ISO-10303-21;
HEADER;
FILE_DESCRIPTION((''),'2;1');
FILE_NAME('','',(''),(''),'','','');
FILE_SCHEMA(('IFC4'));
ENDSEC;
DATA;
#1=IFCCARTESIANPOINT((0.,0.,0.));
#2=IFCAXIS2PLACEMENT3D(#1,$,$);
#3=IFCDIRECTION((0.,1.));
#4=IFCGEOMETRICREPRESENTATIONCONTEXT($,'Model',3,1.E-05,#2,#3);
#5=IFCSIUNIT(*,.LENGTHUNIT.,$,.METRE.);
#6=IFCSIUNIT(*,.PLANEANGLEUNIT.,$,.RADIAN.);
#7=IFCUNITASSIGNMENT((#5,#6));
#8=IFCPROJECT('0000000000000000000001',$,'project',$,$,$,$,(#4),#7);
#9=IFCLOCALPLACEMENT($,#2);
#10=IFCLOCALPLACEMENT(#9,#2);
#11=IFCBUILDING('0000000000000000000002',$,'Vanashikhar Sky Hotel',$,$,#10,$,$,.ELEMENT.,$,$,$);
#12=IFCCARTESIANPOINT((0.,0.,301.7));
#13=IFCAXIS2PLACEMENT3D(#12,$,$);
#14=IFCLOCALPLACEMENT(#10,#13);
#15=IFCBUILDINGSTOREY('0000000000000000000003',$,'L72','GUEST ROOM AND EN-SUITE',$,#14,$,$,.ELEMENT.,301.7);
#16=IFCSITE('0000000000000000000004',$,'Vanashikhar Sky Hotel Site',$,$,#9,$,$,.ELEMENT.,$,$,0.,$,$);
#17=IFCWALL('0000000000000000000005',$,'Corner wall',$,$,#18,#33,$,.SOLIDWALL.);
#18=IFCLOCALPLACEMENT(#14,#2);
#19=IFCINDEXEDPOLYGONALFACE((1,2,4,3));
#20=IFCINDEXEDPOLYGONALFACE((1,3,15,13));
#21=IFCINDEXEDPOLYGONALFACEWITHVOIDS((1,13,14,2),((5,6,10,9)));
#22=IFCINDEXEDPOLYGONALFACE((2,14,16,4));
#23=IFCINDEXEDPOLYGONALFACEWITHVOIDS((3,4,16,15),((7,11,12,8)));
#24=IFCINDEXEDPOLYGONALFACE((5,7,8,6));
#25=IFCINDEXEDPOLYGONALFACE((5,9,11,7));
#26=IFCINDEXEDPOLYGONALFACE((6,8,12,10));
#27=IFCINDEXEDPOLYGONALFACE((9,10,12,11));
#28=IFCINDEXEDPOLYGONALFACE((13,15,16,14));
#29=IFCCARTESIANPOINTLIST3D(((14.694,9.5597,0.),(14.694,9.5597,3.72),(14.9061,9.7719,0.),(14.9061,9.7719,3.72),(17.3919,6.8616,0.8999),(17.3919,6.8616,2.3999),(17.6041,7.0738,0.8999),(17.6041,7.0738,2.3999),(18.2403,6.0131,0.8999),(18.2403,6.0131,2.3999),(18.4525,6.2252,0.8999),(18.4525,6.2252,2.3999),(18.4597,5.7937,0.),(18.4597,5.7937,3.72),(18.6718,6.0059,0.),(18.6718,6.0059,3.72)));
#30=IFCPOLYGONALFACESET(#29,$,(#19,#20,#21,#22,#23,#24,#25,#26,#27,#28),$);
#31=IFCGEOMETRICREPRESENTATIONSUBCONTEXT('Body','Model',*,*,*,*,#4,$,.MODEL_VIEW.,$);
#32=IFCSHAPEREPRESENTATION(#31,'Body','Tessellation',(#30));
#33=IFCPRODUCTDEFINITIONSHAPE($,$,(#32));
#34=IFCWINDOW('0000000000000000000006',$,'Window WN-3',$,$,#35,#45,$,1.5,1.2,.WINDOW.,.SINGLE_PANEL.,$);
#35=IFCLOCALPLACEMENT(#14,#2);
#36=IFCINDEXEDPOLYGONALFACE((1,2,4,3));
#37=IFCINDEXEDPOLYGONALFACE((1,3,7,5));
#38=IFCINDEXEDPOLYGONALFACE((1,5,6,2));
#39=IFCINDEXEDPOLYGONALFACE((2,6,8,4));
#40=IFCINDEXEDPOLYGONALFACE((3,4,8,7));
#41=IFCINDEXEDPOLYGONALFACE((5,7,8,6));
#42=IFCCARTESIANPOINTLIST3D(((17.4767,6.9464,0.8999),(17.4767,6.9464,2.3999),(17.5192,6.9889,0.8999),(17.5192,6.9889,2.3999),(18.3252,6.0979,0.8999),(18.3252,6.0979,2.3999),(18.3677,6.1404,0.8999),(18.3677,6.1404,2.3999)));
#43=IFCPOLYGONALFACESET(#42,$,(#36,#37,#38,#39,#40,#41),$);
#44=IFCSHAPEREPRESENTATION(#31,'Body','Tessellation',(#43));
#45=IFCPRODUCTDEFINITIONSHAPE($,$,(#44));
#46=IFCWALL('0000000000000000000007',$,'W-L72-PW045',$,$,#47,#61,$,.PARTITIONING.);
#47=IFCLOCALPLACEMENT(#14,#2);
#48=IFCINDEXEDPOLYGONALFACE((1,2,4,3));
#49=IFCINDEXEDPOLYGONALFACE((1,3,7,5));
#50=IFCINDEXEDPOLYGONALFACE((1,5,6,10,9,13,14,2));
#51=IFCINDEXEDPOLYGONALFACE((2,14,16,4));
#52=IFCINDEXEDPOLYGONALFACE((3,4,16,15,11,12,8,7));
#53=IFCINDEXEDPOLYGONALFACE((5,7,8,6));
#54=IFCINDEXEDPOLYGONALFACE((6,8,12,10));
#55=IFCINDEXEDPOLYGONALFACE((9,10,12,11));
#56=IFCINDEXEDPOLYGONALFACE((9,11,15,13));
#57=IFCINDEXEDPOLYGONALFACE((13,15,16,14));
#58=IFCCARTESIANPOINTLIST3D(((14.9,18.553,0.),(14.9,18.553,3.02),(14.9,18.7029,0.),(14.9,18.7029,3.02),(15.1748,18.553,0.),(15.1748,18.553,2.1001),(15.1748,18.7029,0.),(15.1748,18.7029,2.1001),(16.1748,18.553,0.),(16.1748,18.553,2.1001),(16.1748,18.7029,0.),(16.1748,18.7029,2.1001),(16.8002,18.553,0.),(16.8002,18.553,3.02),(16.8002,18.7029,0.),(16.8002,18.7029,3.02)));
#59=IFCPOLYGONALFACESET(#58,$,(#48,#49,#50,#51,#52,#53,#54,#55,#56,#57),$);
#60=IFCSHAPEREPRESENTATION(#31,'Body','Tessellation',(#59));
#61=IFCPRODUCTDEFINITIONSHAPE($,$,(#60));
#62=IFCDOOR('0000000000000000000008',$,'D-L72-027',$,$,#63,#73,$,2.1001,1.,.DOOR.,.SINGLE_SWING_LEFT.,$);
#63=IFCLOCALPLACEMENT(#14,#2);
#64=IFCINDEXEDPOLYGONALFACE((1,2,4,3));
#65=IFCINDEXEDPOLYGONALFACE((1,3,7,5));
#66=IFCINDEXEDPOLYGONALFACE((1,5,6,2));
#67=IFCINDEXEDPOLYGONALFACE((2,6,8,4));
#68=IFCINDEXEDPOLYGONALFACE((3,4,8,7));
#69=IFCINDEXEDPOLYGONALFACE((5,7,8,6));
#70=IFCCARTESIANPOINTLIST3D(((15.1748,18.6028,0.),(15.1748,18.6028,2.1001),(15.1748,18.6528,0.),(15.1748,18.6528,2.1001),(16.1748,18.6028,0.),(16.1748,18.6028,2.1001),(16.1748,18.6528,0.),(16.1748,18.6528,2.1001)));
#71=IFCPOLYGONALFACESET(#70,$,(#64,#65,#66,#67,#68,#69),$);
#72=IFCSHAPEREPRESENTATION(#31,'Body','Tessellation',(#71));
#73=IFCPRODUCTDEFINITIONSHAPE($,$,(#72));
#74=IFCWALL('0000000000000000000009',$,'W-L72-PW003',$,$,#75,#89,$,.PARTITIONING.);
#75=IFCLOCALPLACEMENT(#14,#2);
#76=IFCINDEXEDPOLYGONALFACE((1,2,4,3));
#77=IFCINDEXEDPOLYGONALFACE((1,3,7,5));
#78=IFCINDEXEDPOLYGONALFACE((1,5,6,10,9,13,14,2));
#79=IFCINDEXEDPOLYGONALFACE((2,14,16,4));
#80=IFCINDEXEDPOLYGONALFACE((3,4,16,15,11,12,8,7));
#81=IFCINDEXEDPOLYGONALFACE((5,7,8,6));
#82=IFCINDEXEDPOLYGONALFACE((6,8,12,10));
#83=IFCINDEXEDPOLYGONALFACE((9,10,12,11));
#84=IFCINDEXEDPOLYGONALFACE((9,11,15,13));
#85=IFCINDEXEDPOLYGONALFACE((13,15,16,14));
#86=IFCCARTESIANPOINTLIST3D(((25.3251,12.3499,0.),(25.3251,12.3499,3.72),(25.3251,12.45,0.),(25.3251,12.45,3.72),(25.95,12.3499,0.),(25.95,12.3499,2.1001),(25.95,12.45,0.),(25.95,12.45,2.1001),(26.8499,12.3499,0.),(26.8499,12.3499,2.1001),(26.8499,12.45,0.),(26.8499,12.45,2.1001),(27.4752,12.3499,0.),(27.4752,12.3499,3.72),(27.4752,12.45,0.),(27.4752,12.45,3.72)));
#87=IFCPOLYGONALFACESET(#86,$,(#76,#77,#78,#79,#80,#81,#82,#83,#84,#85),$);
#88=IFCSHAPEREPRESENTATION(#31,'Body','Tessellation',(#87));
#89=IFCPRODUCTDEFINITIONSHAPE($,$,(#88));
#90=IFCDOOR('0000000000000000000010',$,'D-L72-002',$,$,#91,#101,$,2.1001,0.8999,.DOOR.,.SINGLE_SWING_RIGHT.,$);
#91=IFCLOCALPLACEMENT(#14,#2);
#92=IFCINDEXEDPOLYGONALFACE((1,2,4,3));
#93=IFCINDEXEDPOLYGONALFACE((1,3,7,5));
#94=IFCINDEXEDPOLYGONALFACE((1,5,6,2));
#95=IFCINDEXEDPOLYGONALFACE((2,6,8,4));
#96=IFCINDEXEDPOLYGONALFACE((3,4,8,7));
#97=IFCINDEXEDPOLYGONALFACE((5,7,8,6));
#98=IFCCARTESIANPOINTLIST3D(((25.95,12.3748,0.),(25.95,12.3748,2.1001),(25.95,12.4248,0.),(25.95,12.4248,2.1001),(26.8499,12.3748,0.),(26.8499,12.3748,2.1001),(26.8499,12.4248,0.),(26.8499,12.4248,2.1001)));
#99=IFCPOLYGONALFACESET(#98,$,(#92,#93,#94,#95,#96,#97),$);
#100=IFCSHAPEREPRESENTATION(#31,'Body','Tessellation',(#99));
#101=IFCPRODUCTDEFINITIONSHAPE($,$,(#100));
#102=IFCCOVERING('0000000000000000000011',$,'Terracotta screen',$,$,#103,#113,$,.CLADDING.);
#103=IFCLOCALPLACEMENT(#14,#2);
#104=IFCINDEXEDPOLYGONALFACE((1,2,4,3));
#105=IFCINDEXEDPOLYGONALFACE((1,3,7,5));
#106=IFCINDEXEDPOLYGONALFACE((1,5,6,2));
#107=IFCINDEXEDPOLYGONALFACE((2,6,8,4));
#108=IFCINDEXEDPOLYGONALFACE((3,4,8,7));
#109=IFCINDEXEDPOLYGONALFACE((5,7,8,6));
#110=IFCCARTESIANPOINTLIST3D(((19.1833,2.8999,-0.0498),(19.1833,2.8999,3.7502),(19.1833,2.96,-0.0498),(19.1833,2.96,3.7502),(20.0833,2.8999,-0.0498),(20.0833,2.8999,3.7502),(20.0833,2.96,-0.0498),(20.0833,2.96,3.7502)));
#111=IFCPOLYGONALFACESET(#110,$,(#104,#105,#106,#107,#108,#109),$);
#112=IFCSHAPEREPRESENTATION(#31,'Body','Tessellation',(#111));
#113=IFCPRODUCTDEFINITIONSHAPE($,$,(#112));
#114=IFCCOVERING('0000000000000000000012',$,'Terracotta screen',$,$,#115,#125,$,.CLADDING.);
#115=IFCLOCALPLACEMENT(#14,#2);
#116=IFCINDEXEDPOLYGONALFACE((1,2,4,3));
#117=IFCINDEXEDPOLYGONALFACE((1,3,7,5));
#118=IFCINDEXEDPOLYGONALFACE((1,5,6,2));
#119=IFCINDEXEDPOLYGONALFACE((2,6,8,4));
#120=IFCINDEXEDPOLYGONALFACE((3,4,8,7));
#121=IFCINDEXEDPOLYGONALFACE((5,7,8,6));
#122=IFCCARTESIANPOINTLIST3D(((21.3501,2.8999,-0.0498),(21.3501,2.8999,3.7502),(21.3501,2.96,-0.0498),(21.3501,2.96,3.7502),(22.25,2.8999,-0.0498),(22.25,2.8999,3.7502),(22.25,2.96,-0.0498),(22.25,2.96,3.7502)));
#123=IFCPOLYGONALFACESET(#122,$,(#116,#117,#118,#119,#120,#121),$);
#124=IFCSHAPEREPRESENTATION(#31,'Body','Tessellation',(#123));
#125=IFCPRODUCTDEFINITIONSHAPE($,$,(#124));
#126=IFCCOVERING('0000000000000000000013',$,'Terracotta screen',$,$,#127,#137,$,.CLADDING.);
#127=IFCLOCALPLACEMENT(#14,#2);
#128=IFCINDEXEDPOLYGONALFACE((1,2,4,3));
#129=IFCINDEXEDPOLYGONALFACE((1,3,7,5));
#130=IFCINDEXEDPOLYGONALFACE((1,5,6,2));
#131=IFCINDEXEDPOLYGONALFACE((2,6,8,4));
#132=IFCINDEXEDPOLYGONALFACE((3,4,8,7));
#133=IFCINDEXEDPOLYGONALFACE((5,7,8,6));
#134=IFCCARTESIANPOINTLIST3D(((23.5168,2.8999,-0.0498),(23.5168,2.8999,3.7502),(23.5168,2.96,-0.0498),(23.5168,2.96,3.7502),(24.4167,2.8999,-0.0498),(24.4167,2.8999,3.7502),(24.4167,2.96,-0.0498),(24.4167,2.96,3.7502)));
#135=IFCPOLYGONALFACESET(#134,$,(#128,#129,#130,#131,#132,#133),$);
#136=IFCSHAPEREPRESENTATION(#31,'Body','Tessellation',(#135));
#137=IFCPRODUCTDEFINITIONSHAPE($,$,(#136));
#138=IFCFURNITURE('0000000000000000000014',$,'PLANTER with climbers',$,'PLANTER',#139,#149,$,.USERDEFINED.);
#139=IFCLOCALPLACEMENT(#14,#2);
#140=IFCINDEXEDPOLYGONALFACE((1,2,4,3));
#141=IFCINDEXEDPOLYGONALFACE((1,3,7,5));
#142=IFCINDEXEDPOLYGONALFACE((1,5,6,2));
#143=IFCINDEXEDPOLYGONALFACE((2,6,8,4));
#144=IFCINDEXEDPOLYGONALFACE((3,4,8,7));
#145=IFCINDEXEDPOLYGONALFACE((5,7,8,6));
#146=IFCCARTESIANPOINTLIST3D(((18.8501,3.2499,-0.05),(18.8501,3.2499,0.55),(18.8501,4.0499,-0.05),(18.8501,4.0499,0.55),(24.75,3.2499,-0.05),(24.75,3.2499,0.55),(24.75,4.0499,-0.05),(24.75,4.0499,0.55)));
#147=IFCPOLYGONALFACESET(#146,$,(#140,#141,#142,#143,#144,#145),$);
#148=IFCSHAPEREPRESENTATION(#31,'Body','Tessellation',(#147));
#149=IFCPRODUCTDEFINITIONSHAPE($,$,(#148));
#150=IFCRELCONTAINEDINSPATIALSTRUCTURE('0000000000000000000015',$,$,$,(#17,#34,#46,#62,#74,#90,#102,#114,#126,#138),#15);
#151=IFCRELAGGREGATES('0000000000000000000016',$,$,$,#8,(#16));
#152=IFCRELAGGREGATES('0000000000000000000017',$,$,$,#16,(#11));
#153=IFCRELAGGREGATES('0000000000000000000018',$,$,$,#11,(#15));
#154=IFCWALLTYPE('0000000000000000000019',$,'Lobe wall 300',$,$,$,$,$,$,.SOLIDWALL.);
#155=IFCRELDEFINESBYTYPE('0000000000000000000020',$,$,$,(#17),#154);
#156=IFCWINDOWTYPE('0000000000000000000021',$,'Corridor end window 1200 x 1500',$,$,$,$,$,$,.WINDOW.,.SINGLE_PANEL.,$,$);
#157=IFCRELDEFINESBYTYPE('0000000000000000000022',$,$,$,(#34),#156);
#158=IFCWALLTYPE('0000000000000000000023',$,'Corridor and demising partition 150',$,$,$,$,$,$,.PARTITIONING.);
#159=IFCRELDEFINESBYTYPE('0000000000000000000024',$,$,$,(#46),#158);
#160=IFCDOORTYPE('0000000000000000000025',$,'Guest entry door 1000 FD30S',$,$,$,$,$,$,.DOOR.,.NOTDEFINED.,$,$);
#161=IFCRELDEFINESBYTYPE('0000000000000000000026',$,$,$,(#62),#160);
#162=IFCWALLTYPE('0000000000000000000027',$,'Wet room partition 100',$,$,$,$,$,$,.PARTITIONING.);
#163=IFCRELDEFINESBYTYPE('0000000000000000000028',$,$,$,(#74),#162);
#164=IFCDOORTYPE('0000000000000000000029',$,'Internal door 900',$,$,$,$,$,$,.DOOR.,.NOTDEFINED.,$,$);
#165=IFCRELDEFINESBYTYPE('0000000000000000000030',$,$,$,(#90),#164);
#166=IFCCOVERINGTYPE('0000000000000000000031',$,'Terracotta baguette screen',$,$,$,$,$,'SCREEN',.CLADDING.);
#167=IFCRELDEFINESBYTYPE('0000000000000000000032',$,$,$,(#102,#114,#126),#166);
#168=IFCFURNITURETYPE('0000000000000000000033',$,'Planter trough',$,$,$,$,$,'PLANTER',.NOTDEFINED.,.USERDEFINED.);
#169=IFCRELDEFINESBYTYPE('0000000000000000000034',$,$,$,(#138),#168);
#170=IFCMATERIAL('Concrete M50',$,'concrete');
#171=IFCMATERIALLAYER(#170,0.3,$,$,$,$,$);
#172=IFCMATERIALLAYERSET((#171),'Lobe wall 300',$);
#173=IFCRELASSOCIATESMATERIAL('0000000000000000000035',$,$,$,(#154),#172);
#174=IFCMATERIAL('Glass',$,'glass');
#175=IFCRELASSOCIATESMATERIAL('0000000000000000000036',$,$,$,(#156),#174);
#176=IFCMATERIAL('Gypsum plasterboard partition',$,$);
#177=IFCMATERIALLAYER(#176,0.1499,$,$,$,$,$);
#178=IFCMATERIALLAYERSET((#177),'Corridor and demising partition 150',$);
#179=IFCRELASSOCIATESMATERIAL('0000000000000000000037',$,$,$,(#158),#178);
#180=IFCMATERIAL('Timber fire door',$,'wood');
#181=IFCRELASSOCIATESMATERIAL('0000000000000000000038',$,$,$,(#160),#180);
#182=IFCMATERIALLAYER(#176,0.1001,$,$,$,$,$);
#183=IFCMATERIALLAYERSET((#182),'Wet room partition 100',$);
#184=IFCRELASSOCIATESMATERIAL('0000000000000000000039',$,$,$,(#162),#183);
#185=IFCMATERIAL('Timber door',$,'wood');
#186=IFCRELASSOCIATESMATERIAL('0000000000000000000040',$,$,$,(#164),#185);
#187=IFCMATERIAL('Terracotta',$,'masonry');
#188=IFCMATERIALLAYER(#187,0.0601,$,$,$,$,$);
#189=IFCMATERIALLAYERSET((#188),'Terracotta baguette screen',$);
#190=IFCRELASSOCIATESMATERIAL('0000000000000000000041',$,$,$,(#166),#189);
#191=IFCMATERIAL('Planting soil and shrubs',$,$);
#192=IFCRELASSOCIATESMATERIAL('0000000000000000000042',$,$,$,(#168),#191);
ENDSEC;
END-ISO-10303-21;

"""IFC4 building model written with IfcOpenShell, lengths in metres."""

from ifc_helpers import new_model, si_unit, direction, frame, frame_2d, origin, origin_2d, place, context, subcontext, project, spatial, rectangle, extrude, source, transform, mapped, material, layer, layer_set, type_object, element, fill, save


model = new_model("IFC4")

# Units and contexts
model_context = context("Model", 3, precision=1e-05, world=origin(), true_north=direction((0.0, 1.0)))
body_context = subcontext(model_context, "Body", "Model", "MODEL_VIEW")
ifc_project = project(units=[si_unit("LENGTHUNIT", "METRE"), si_unit("PLANEANGLEUNIT", "RADIAN")], contexts=[model_context])

# Site, building, storey
site_placement = place(None, origin())
site = spatial("IfcSite", under=ifc_project, at=site_placement, Name="Vanashikhar Sky Hotel Site", CompositionType="ELEMENT", RefElevation=0.0)
building_placement = place(site_placement, origin())
building = spatial("IfcBuilding", under=site, at=building_placement, Name="Vanashikhar Sky Hotel", CompositionType="ELEMENT")
storey_placement = place(building_placement, frame((0.0, 0.0, 301.7)))
storey = spatial("IfcBuildingStorey", under=building, at=storey_placement, Name="L72", Description="GUEST ROOM AND EN-SUITE", CompositionType="ELEMENT", Elevation=301.7)

# Shared definitions
ifc_material_1 = material(Name="Concrete M50", Category="concrete")

# Shared definitions
ifc_material_2 = material(Name="Glass", Category="glass")

# Wall, opening, window
ifc_layer_1 = layer(ifc_material_1, 0.3)
ifc_layer_set_1 = layer_set([ifc_layer_1], Name="Lobe wall 300")
wall_type_1 = type_object("IfcWallType", Name="Lobe wall 300", PredefinedType="SOLIDWALL", material=ifc_layer_set_1)
shared_shape_1 = source(origin(), body_context, "Body", "SweptSolid", [
    extrude(rectangle(XDim=5.3257, YDim=0.3, at=frame_2d((2.6628, 0.0))), origin(), (0.0, 0.0, 1.0), 3.72),
])
wall_1_placement = place(storey_placement, frame((14.8, 9.6658, 0.0), z_axis=(0.0, 0.0, 1.0), x_axis=(0.707084, -0.70713, 0.0)))
wall_1 = element("IfcWall", 1, at=wall_1_placement, inside=storey, type_object=wall_type_1, Name="Corner wall", PredefinedType="SOLIDWALL", context=body_context, shape_type="MappedRepresentation", body=[
    mapped(shared_shape_1, transform((0.0, 0.0, 0.0), scale=1.0)),
])
shared_shape_2 = source(origin(), body_context, "Body", "SweptSolid", [
    extrude(rectangle(XDim=1.2, YDim=1.5, at=frame_2d((0.6001, 0.75))), frame((0.0, 0.1602, 0.0), z_axis=(0.0, -1.0, 0.0), x_axis=(1.0, 0.0, 0.0)), (0.0, 0.0, 1.0), 0.3201),
])
opening_1_placement = place(wall_1_placement, frame((3.8154, 0.0, 0.8999)))
opening_1 = element("IfcOpeningElement", 2, at=opening_1_placement, cuts=wall_1, PredefinedType="OPENING", context=body_context, shape_type="MappedRepresentation", body=[
    mapped(shared_shape_2, transform((0.0, 0.0, 0.0), scale=1.0)),
])
window_type_1 = type_object("IfcWindowType", Name="Corridor end window 1200 x 1500", PartitioningType="SINGLE_PANEL", PredefinedType="WINDOW", material=ifc_material_2)
shared_shape_3 = source(origin(), body_context, "Body", "SweptSolid", [
    extrude(rectangle(XDim=1.2, YDim=1.5, at=frame_2d((0.6001, 0.75))), frame((0.0, 0.03, 0.0), z_axis=(0.0, -1.0, 0.0), x_axis=(1.0, 0.0, 0.0)), (0.0, 0.0, 1.0), 0.0601),
])
window_1_placement = place(opening_1_placement, origin())
window_1 = element("IfcWindow", 3, at=window_1_placement, inside=storey, type_object=window_type_1, Name="Window WN-3", OverallHeight=1.5, OverallWidth=1.2, PartitioningType="SINGLE_PANEL", PredefinedType="WINDOW", context=body_context, shape_type="MappedRepresentation", body=[
    mapped(shared_shape_3, transform((0.0, 0.0, 0.0), scale=1.0)),
])
fill(opening_1, window_1)

# Walls, openings, doors
ifc_material_3 = material(Name="Gypsum plasterboard partition")
ifc_layer_2 = layer(ifc_material_3, 0.1499)
ifc_layer_set_2 = layer_set([ifc_layer_2], Name="Corridor and demising partition 150")
wall_type_2 = type_object("IfcWallType", Name="Corridor and demising partition 150", PredefinedType="PARTITIONING", material=ifc_layer_set_2)
shared_shape_4 = source(origin(), body_context, "Body", "SweptSolid", [
    extrude(rectangle(XDim=1.9001, YDim=0.1499, at=frame_2d((0.9502, 0.0))), origin(), (0.0, 0.0, 1.0), 3.02),
])
wall_2_placement = place(storey_placement, frame((14.8999, 18.6279, 0.0), z_axis=(0.0, 0.0, 1.0), x_axis=(1.0, 0.0, 0.0)))
wall_2 = element("IfcWall", 4, at=wall_2_placement, inside=storey, type_object=wall_type_2, Name="W-L72-PW045", PredefinedType="PARTITIONING", context=body_context, shape_type="MappedRepresentation", body=[
    mapped(shared_shape_4, transform((0.0, 0.0, 0.0), scale=1.0)),
])
shared_shape_5 = source(origin(), body_context, "Body", "SweptSolid", [
    extrude(rectangle(XDim=1.0, YDim=2.1001, at=frame_2d((0.5, 1.05))), frame((0.0, 0.085, 0.0), z_axis=(0.0, -1.0, 0.0), x_axis=(1.0, 0.0, 0.0)), (0.0, 0.0, 1.0), 0.1699),
])
opening_2_placement = place(wall_2_placement, frame((0.2749, 0.0, 0.0)))
opening_2 = element("IfcOpeningElement", 5, at=opening_2_placement, cuts=wall_2, PredefinedType="OPENING", context=body_context, shape_type="MappedRepresentation", body=[
    mapped(shared_shape_5, transform((0.0, 0.0, 0.0), scale=1.0)),
])
ifc_material_4 = material(Name="Timber fire door", Category="wood")
door_type_1 = type_object("IfcDoorType", Name="Guest entry door 1000 FD30S", OperationType="NOTDEFINED", PredefinedType="DOOR", material=ifc_material_4)
shared_shape_6 = source(origin(), body_context, "Body", "SweptSolid", [
    extrude(rectangle(XDim=1.0, YDim=2.1001, at=frame_2d((0.5, 1.05))), frame((0.0, 0.0249, 0.0), z_axis=(0.0, -1.0, 0.0), x_axis=(1.0, 0.0, 0.0)), (0.0, 0.0, 1.0), 0.05),
])
door_1_placement = place(opening_2_placement, origin())
door_1 = element("IfcDoor", 6, at=door_1_placement, inside=storey, type_object=door_type_1, Name="D-L72-027", OperationType="SINGLE_SWING_LEFT", OverallHeight=2.1001, OverallWidth=1.0, PredefinedType="DOOR", context=body_context, shape_type="MappedRepresentation", body=[
    mapped(shared_shape_6, transform((0.0, 0.0, 0.0), scale=1.0)),
])
fill(opening_2, door_1)
ifc_layer_3 = layer(ifc_material_3, 0.1001)
ifc_layer_set_3 = layer_set([ifc_layer_3], Name="Wet room partition 100")
wall_type_3 = type_object("IfcWallType", Name="Wet room partition 100", PredefinedType="PARTITIONING", material=ifc_layer_set_3)
shared_shape_7 = source(origin(), body_context, "Body", "SweptSolid", [
    extrude(rectangle(XDim=2.1501, YDim=0.1001, at=frame_2d((1.0752, 0.0))), origin(), (0.0, 0.0, 1.0), 3.72),
])
wall_3_placement = place(storey_placement, frame((25.325, 12.3999, 0.0), z_axis=(0.0, 0.0, 1.0), x_axis=(1.0, 0.0, 0.0)))
wall_3 = element("IfcWall", 7, at=wall_3_placement, inside=storey, type_object=wall_type_3, Name="W-L72-PW003", PredefinedType="PARTITIONING", context=body_context, shape_type="MappedRepresentation", body=[
    mapped(shared_shape_7, transform((0.0, 0.0, 0.0), scale=1.0)),
])
shared_shape_8 = source(origin(), body_context, "Body", "SweptSolid", [
    extrude(rectangle(XDim=0.8999, YDim=2.1001, at=frame_2d((0.45, 1.05))), frame((0.0, 0.0601, 0.0), z_axis=(0.0, -1.0, 0.0), x_axis=(1.0, 0.0, 0.0)), (0.0, 0.0, 1.0), 0.1201),
])
opening_3_placement = place(wall_3_placement, frame((0.625, 0.0, 0.0)))
opening_3 = element("IfcOpeningElement", 8, at=opening_3_placement, cuts=wall_3, PredefinedType="OPENING", context=body_context, shape_type="MappedRepresentation", body=[
    mapped(shared_shape_8, transform((0.0, 0.0, 0.0), scale=1.0)),
])
ifc_material_5 = material(Name="Timber door", Category="wood")
door_type_2 = type_object("IfcDoorType", Name="Internal door 900", OperationType="NOTDEFINED", PredefinedType="DOOR", material=ifc_material_5)
shared_shape_9 = source(origin(), body_context, "Body", "SweptSolid", [
    extrude(rectangle(XDim=0.8999, YDim=2.1001, at=frame_2d((0.45, 1.05))), frame((0.0, 0.0249, 0.0), z_axis=(0.0, -1.0, 0.0), x_axis=(1.0, 0.0, 0.0)), (0.0, 0.0, 1.0), 0.05),
])
door_2_placement = place(opening_3_placement, origin())
door_2 = element("IfcDoor", 9, at=door_2_placement, inside=storey, type_object=door_type_2, Name="D-L72-002", OperationType="SINGLE_SWING_RIGHT", OverallHeight=2.1001, OverallWidth=0.8999, PredefinedType="DOOR", context=body_context, shape_type="MappedRepresentation", body=[
    mapped(shared_shape_9, transform((0.0, 0.0, 0.0), scale=1.0)),
])
fill(opening_3, door_2)

# Coverings
ifc_material_6 = material(Name="Terracotta", Category="masonry")
ifc_layer_4 = layer(ifc_material_6, 0.0601)
ifc_layer_set_4 = layer_set([ifc_layer_4], Name="Terracotta baguette screen")
covering_type = type_object("IfcCoveringType", Name="Terracotta baguette screen", ElementType="SCREEN", PredefinedType="CLADDING", material=ifc_layer_set_4)
shared_shape_10 = source(origin(), body_context, "Body", "SweptSolid", [
    extrude(rectangle(XDim=0.8999, YDim=0.0601, at=origin_2d()), origin(), (0.0, 0.0, 1.0), 3.8),
])
for number, where, z_axis, x_axis, name in (
    (10, (19.6333, 2.9299, -0.0498), (0.0, 0.0, 1.0), (1.0, 0.0, 0.0), "Terracotta screen"),
    (11, (21.8, 2.9299, -0.0498), (0.0, 0.0, 1.0), (1.0, 0.0, 0.0), "Terracotta screen"),
    (12, (23.9668, 2.9299, -0.0498), (0.0, 0.0, 1.0), (1.0, 0.0, 0.0), "Terracotta screen"),
):
    element("IfcCovering", number, at=place(storey_placement, frame(where, z_axis=z_axis, x_axis=x_axis)), inside=storey, type_object=covering_type, Name=name, PredefinedType="CLADDING", context=body_context, shape_type="MappedRepresentation", body=[
        mapped(shared_shape_10, transform((0.0, 0.0, 0.0), scale=1.0)),
    ])

# Furniture
ifc_material_7 = material(Name="Planting soil and shrubs")
furniture_type = type_object("IfcFurnitureType", Name="Planter trough", ElementType="PLANTER", AssemblyPlace="NOTDEFINED", PredefinedType="USERDEFINED", material=ifc_material_7)
shared_shape_11 = source(origin(), body_context, "Body", "SweptSolid", [
    extrude(rectangle(XDim=5.8999, YDim=0.8, at=origin_2d()), origin(), (0.0, 0.0, 1.0), 0.6001),
])
furniture_placement = place(storey_placement, frame((21.8, 3.6499, -0.05), z_axis=(0.0, 0.0, 1.0), x_axis=(1.0, 0.0, 0.0)))
element("IfcFurniture", 13, at=furniture_placement, inside=storey, type_object=furniture_type, Name="PLANTER with climbers", ObjectType="PLANTER", PredefinedType="USERDEFINED", context=body_context, shape_type="MappedRepresentation", body=[
    mapped(shared_shape_11, transform((0.0, 0.0, 0.0), scale=1.0)),
])

save(model, "model.ifc")
